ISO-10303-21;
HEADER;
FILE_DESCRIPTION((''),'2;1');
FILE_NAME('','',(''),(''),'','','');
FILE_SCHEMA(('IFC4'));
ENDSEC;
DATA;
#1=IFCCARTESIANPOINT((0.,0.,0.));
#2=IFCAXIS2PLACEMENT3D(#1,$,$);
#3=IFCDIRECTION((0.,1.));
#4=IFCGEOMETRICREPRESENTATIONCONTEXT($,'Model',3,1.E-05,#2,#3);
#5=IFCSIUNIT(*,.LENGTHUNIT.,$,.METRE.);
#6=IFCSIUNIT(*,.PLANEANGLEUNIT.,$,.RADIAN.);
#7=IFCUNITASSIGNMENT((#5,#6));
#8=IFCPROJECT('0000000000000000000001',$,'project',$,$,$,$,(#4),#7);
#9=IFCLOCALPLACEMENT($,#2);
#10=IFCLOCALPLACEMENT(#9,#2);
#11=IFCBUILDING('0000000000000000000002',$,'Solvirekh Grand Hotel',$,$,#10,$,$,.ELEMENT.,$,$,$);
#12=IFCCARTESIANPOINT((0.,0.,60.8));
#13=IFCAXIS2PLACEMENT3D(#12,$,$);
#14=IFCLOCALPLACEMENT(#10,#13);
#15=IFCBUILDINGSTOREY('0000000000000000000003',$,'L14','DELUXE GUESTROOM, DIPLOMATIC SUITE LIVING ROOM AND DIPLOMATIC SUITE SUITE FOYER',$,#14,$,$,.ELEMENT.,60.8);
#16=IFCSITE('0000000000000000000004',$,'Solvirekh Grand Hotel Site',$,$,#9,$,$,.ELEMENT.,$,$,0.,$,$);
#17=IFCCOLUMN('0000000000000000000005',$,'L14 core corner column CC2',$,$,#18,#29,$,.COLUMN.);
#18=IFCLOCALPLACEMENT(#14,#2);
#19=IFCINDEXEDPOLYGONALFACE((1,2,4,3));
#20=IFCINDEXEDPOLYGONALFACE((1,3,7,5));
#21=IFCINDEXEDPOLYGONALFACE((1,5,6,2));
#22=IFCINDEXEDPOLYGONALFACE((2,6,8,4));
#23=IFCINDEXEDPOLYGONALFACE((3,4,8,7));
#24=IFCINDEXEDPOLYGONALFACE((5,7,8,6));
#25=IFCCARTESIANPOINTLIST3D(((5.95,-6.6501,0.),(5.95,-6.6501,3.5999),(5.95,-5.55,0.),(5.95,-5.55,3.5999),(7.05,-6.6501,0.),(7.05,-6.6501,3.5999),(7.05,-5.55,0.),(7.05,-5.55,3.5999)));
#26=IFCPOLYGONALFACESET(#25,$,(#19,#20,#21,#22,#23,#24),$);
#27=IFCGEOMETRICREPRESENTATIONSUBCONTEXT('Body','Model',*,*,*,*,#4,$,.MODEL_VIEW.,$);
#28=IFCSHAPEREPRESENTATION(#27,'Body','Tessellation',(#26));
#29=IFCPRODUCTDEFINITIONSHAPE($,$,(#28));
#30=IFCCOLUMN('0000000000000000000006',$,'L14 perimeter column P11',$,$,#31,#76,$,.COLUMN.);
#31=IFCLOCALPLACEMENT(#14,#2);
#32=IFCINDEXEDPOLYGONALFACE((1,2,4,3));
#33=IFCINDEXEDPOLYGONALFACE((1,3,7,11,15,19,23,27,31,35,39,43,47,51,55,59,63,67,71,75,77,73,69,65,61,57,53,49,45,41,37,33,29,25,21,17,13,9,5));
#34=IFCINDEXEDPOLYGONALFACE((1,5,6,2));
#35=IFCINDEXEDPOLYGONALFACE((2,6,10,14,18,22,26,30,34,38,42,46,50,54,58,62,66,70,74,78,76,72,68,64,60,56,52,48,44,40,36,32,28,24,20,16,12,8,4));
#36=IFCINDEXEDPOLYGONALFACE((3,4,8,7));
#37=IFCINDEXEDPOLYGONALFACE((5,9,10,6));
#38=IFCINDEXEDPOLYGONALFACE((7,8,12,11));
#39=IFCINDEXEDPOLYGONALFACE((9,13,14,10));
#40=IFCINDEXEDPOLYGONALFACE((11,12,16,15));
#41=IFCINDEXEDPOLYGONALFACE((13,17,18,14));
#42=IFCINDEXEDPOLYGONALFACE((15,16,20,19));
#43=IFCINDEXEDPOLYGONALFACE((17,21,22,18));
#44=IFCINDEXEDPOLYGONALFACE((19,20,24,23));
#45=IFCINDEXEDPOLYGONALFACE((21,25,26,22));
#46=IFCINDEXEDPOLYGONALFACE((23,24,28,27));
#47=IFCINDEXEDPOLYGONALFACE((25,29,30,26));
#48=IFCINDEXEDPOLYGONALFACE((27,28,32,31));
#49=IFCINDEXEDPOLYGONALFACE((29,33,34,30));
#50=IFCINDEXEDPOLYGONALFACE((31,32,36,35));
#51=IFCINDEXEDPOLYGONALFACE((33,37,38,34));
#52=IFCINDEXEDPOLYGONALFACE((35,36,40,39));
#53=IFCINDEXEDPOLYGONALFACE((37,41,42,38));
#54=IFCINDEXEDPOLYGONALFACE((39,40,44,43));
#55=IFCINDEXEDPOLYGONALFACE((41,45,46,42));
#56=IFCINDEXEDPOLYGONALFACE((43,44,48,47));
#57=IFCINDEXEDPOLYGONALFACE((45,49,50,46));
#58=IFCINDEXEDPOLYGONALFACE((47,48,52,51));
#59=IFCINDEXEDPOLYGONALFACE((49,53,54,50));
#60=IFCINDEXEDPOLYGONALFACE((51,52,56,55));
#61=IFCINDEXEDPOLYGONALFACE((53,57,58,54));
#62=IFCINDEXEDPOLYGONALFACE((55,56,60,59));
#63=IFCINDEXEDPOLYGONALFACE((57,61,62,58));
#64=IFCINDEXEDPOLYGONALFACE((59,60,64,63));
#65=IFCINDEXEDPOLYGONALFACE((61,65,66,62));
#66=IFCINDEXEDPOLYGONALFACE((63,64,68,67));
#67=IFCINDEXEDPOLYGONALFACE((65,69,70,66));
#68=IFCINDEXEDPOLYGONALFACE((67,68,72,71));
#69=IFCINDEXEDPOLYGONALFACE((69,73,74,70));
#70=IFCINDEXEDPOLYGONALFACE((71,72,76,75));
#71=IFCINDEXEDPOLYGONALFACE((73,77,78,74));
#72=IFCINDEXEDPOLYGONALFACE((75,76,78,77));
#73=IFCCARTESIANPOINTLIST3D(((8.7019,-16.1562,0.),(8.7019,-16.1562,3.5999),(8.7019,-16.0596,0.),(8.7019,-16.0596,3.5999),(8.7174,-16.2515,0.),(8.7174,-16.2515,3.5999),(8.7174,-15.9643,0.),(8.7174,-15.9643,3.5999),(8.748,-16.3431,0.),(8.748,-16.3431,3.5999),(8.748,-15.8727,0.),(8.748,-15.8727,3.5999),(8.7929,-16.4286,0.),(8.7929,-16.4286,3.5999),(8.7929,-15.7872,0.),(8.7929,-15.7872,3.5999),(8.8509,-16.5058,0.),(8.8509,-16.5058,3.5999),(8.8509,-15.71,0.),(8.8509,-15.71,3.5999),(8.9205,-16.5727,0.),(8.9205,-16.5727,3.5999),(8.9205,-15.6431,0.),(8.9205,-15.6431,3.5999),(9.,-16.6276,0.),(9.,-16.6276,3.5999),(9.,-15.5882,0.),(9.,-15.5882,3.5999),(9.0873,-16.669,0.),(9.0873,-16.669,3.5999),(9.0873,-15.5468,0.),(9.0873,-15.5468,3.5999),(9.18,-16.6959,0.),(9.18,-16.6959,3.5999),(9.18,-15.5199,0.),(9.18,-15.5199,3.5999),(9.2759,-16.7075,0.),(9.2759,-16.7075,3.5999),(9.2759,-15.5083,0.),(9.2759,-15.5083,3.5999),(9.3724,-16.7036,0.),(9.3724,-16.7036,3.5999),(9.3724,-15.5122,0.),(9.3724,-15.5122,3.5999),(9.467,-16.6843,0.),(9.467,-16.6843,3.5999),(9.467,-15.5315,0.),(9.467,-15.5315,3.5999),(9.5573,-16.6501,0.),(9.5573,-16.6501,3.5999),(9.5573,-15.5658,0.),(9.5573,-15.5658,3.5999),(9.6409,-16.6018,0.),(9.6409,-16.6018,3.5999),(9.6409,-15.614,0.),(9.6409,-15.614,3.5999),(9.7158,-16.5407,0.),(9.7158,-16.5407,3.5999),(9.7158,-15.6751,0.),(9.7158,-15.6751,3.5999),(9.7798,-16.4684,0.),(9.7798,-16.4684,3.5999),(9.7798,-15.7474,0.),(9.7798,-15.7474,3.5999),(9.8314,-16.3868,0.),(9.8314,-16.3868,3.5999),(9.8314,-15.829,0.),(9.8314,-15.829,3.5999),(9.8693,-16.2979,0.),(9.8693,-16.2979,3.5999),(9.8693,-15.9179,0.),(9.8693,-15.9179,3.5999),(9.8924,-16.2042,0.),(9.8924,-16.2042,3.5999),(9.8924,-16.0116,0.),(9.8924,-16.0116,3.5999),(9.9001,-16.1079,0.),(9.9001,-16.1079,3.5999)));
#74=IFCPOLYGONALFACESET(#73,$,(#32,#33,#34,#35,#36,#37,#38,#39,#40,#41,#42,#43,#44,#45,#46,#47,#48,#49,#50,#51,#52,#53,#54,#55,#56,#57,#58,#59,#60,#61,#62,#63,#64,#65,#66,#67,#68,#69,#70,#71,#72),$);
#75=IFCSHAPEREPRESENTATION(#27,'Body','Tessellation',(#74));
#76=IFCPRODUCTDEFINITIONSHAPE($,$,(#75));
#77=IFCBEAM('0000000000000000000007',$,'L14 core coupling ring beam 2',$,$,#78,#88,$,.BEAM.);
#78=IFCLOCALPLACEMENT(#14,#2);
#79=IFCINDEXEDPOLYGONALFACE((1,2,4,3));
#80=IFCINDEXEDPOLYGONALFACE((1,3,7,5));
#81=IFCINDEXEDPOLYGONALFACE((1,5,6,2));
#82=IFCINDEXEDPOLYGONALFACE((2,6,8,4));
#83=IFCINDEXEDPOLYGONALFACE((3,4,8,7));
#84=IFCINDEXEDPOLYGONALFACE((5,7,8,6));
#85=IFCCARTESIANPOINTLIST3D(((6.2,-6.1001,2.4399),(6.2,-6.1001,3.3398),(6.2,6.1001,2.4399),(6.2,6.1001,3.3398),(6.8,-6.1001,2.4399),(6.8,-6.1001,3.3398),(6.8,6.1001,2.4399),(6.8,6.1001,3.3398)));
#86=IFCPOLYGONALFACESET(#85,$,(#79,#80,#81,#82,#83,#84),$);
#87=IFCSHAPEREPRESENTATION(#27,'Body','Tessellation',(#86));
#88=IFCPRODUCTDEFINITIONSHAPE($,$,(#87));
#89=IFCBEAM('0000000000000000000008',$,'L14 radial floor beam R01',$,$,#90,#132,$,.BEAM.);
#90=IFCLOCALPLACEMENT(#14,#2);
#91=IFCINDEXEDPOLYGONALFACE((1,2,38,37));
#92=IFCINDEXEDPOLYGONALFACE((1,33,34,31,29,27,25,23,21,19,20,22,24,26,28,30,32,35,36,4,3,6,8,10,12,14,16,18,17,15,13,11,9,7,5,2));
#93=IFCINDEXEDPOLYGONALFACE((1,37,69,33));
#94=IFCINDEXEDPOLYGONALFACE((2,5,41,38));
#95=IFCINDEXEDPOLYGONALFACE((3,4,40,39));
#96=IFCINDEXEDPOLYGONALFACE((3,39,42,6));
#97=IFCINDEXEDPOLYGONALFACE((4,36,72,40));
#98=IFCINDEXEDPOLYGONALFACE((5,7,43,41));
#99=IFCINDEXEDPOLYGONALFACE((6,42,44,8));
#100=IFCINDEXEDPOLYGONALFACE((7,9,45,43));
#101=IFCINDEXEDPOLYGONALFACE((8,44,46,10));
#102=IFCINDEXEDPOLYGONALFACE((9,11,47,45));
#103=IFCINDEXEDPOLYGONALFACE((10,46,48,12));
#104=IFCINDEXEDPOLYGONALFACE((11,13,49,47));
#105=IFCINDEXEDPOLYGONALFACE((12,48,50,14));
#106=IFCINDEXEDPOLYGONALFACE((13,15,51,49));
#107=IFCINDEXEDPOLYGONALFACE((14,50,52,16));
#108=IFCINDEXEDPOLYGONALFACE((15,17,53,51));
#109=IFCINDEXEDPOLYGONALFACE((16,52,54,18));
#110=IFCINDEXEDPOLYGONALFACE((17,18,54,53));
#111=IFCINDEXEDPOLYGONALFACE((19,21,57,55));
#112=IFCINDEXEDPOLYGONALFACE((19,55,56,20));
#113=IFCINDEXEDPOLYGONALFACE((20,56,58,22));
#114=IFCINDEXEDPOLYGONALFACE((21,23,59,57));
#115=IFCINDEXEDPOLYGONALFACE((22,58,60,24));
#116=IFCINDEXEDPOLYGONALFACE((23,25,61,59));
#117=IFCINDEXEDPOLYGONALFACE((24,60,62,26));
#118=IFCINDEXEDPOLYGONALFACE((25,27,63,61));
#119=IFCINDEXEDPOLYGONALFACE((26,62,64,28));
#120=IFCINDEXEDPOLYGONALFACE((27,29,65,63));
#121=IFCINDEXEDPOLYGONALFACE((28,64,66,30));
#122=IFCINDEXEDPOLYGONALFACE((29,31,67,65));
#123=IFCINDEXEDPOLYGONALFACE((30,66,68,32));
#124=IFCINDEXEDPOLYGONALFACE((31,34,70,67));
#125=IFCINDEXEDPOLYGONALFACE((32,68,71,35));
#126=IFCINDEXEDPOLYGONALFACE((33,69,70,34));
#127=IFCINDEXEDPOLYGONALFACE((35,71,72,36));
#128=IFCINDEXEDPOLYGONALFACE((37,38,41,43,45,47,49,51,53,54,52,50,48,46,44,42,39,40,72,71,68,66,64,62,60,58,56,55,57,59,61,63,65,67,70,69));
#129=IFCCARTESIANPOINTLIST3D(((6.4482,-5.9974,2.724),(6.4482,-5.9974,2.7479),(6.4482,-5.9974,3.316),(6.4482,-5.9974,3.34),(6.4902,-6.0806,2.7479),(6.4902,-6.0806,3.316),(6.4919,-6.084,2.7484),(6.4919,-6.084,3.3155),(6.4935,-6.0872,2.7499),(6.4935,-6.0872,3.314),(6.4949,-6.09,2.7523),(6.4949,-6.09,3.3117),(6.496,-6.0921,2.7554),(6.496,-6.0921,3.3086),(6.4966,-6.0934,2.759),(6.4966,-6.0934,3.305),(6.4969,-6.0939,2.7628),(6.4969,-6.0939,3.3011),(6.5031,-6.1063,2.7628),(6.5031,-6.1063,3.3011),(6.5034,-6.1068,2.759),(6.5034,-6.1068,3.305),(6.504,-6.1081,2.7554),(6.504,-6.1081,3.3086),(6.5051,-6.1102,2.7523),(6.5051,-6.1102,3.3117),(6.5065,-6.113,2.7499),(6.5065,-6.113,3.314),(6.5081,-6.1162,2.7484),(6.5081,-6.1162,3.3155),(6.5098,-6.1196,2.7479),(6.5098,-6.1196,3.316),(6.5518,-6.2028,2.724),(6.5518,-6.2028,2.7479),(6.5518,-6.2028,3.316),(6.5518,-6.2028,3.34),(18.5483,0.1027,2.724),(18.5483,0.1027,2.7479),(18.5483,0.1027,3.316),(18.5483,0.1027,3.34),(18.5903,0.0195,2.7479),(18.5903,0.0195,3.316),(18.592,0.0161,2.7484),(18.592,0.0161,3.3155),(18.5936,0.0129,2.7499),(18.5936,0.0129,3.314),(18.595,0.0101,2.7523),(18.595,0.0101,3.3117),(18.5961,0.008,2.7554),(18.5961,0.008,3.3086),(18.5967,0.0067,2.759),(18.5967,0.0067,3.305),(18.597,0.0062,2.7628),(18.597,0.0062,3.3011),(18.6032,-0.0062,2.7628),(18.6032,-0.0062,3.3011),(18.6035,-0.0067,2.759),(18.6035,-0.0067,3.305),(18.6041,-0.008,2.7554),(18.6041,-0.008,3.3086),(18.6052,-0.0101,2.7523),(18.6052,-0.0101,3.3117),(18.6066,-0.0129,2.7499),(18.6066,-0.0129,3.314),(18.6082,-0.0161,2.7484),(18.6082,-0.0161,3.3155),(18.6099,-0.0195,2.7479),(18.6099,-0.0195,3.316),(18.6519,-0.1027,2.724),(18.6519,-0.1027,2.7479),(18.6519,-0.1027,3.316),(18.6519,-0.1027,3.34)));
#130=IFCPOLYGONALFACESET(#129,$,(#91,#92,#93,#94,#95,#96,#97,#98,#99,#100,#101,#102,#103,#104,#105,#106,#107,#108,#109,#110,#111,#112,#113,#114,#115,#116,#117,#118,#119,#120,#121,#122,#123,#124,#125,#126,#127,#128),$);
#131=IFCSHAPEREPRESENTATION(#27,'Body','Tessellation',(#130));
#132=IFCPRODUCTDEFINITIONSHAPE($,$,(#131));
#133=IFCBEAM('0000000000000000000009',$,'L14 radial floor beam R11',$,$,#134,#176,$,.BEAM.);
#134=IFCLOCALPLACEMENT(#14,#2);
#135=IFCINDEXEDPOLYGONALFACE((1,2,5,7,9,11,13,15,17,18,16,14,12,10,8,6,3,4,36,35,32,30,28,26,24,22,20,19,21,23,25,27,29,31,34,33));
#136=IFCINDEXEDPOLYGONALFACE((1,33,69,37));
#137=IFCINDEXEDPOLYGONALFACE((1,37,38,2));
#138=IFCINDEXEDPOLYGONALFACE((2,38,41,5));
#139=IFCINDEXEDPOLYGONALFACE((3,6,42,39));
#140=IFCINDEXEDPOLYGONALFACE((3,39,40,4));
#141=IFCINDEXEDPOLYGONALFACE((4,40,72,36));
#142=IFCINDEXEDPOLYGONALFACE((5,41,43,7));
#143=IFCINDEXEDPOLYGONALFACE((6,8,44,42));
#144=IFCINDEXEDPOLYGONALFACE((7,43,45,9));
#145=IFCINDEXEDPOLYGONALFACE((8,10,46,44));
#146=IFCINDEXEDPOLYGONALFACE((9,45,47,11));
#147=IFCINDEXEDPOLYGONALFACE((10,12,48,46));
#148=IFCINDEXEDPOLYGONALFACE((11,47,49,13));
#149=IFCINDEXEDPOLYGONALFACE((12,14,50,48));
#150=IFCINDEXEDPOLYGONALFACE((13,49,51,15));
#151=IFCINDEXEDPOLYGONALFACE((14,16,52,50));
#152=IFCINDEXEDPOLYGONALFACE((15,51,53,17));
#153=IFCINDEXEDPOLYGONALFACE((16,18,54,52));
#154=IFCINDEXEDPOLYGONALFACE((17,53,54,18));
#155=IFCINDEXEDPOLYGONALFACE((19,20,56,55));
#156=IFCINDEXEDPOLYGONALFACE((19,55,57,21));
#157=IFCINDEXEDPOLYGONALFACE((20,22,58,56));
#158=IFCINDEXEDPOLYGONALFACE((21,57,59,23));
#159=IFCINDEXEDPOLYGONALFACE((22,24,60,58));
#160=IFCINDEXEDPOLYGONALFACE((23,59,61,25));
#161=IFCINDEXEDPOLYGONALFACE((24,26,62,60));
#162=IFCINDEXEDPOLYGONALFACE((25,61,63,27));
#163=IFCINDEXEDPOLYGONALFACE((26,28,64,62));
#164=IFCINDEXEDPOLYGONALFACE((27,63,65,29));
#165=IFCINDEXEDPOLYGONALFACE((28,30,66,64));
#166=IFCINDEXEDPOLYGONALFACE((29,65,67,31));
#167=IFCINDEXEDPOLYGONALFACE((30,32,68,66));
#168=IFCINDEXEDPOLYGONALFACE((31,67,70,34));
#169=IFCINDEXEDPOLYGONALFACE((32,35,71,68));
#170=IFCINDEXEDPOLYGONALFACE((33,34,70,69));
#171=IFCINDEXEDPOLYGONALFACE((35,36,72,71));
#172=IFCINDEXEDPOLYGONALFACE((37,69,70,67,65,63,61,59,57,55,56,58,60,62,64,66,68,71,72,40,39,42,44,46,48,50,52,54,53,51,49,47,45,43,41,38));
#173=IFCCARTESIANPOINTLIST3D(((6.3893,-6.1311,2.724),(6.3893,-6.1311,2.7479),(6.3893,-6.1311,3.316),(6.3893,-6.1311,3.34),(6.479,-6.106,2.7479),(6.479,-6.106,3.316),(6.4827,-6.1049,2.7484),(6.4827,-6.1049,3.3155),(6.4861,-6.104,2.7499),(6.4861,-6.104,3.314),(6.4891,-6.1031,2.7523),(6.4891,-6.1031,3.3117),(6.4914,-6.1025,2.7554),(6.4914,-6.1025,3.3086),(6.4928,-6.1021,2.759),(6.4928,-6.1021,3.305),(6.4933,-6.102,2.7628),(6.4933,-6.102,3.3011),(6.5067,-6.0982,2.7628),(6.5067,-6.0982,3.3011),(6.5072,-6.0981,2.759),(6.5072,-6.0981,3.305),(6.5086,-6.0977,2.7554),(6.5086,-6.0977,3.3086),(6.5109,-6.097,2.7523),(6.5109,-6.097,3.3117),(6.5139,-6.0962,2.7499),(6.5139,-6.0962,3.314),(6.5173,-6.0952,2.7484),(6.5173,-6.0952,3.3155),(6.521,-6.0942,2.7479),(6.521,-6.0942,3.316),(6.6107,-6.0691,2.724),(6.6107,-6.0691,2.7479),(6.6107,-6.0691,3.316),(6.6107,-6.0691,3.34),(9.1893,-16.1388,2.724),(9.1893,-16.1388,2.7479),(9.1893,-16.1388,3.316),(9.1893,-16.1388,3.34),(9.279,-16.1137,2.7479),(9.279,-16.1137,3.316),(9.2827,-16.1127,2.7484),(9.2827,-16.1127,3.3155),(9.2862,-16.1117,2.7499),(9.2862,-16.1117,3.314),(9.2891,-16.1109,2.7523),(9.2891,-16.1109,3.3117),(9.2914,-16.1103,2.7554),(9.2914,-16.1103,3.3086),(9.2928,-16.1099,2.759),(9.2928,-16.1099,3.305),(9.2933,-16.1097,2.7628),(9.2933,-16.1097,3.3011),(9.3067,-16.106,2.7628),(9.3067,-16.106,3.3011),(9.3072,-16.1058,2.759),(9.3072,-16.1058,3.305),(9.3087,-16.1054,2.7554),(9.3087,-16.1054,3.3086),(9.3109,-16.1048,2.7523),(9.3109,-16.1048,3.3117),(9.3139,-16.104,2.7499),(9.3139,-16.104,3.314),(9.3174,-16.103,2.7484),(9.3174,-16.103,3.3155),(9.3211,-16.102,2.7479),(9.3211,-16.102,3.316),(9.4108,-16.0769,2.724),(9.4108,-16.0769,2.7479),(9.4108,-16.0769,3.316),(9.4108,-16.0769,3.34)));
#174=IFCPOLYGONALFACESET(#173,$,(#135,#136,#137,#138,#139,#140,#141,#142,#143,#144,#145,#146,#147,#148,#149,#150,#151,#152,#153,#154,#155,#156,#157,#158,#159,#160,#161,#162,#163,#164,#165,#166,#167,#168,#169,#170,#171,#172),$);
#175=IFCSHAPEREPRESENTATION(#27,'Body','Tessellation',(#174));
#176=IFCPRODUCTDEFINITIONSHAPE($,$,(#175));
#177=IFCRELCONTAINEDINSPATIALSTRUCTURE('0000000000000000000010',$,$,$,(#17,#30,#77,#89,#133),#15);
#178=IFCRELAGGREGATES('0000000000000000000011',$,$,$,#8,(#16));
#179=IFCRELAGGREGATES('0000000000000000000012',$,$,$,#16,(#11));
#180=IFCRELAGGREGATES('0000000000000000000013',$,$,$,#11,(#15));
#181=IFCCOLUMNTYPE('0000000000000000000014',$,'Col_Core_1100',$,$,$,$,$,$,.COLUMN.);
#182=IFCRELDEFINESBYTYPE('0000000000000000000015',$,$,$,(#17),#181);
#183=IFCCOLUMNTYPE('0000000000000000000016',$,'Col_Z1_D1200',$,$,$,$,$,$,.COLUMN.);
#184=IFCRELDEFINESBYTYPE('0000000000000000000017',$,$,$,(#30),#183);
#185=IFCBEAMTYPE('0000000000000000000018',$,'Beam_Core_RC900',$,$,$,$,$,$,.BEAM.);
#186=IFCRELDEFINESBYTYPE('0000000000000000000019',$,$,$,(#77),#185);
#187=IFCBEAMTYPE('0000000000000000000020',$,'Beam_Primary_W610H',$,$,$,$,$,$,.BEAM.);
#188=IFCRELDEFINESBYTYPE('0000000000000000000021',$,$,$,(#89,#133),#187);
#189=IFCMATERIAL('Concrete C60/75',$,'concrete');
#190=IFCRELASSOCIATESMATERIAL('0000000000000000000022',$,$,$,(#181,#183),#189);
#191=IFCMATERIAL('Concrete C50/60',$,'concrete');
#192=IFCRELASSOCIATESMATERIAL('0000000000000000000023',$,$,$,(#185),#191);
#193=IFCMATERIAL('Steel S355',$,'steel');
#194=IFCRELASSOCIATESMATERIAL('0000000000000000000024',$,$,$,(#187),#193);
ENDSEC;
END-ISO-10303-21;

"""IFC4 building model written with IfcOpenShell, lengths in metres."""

from ifc_helpers import new_model, si_unit, direction, frame, origin, origin_2d, place, context, subcontext, project, spatial, rectangle, circle, i_section, extrude, material, material_profile, profile_set, type_object, element, save


model = new_model("IFC4")

# Units and contexts
model_context = context("Model", 3, precision=1e-05, world=origin(), true_north=direction((0.0, 1.0)))
body_context = subcontext(model_context, "Body", "Model", "MODEL_VIEW")
ifc_project = project(units=[si_unit("LENGTHUNIT", "METRE"), si_unit("PLANEANGLEUNIT", "RADIAN")], contexts=[model_context])

# Site, building, storey
site_placement = place(None, origin())
site = spatial("IfcSite", under=ifc_project, at=site_placement, Name="Solvirekh Grand Hotel Site", CompositionType="ELEMENT", RefElevation=0.0)
building_placement = place(site_placement, origin())
building = spatial("IfcBuilding", under=site, at=building_placement, Name="Solvirekh Grand Hotel", CompositionType="ELEMENT")
storey_placement = place(building_placement, frame((0.0, 0.0, 60.8)))
storey = spatial("IfcBuildingStorey", under=building, at=storey_placement, Name="L14", Description="DELUXE GUESTROOM, DIPLOMATIC SUITE LIVING ROOM AND DIPLOMATIC SUITE SUITE FOYER", CompositionType="ELEMENT", Elevation=60.8)

# Columns
ifc_material_1 = material(Name="Concrete C60/75", Category="concrete")
ifc_material_profile_1 = material_profile(ifc_material_1, rectangle(XDim=1.1001, YDim=1.1001, at=origin_2d()), Name="RC 1100X1100")
ifc_profile_set_1 = profile_set([ifc_material_profile_1], Name="Concrete C60/75")
column_type_1 = type_object("IfcColumnType", Name="Col_Core_1100", PredefinedType="COLUMN", material=ifc_profile_set_1)
column_1_placement = place(storey_placement, frame((6.5, -6.1001, 0.0), z_axis=(0.0, 0.0, 1.0), x_axis=(1.0, 0.0, 0.0)))
element("IfcColumn", 1, at=column_1_placement, inside=storey, type_object=column_type_1, Name="L14 core corner column CC2", PredefinedType="COLUMN", context=body_context, shape_type="SweptSolid", body=[
    extrude(rectangle(XDim=1.1001, YDim=1.1001, at=origin_2d()), origin(), (0.0, 0.0, 1.0), 3.5999),
])
ifc_material_profile_2 = material_profile(ifc_material_1, circle(Radius=0.6001, at=origin_2d()), Name="RC CIRC D1200")
ifc_profile_set_2 = profile_set([ifc_material_profile_2], Name="Concrete C60/75")
column_type_2 = type_object("IfcColumnType", Name="Col_Z1_D1200", PredefinedType="COLUMN", material=ifc_profile_set_2)
column_2_placement = place(storey_placement, frame((9.3, -16.1079, 0.0), z_axis=(0.0, 0.0, 1.0), x_axis=(1.0, 0.0, 0.0)))
element("IfcColumn", 2, at=column_2_placement, inside=storey, type_object=column_type_2, Name="L14 perimeter column P11", PredefinedType="COLUMN", context=body_context, shape_type="SweptSolid", body=[
    extrude(circle(Radius=0.6001, at=origin_2d()), origin(), (0.0, 0.0, 1.0), 3.5999),
])

# Beams
ifc_material_2 = material(Name="Concrete C50/60", Category="concrete")
ifc_material_profile_3 = material_profile(ifc_material_2, rectangle(XDim=0.6001, YDim=0.8999, at=origin_2d()), Name="RC BEAM 600X900")
ifc_profile_set_3 = profile_set([ifc_material_profile_3], Name="Concrete C50/60")
beam_type_1 = type_object("IfcBeamType", Name="Beam_Core_RC900", PredefinedType="BEAM", material=ifc_profile_set_3)
beam_1_placement = place(storey_placement, frame((6.5, -6.1001, 2.8899), z_axis=(0.0, 1.0, 0.0), x_axis=(-1.0, 0.0, 0.0)))
element("IfcBeam", 3, at=beam_1_placement, inside=storey, type_object=beam_type_1, Name="L14 core coupling ring beam 2", PredefinedType="BEAM", context=body_context, shape_type="SweptSolid", body=[
    extrude(rectangle(XDim=0.6001, YDim=0.8999, at=origin_2d()), origin(), (0.0, 0.0, 1.0), 12.2002),
])
ifc_material_3 = material(Name="Steel S355", Category="steel")
ifc_material_profile_4 = material_profile(ifc_material_3, i_section(OverallWidth=0.23, OverallDepth=0.616, WebThickness=0.0139, FlangeThickness=0.0239, FilletRadius=0.0149, at=origin_2d()), Name="W610X174")
ifc_profile_set_4 = profile_set([ifc_material_profile_4], Name="Steel S355")
beam_type_2 = type_object("IfcBeamType", Name="Beam_Primary_W610H", PredefinedType="BEAM", material=ifc_profile_set_4)
beam_2_placement = place(storey_placement, frame((6.5, -6.1001, 3.032), z_axis=(0.892945, 0.450166, 0.0), x_axis=(-0.450166, 0.892945, 0.0)))
element("IfcBeam", 4, at=beam_2_placement, inside=storey, type_object=beam_type_2, Name="L14 radial floor beam R01", PredefinedType="BEAM", context=body_context, shape_type="SweptSolid", body=[
    extrude(i_section(OverallWidth=0.23, OverallDepth=0.616, WebThickness=0.0139, FlangeThickness=0.0239, FilletRadius=0.0149, at=origin_2d()), origin(), (0.0, 0.0, 1.0), 13.5508),
])
beam_3_placement = place(storey_placement, frame((6.5, -6.1001, 3.032), z_axis=(0.269439, -0.963017, 0.0), x_axis=(0.963017, 0.269439, 0.0)))
element("IfcBeam", 5, at=beam_3_placement, inside=storey, type_object=beam_type_2, Name="L14 radial floor beam R11", PredefinedType="BEAM", context=body_context, shape_type="SweptSolid", body=[
    extrude(i_section(OverallWidth=0.23, OverallDepth=0.616, WebThickness=0.0139, FlangeThickness=0.0239, FilletRadius=0.0149, at=origin_2d()), origin(), (0.0, 0.0, 1.0), 10.3921),
])

save(model, "model.ifc")
